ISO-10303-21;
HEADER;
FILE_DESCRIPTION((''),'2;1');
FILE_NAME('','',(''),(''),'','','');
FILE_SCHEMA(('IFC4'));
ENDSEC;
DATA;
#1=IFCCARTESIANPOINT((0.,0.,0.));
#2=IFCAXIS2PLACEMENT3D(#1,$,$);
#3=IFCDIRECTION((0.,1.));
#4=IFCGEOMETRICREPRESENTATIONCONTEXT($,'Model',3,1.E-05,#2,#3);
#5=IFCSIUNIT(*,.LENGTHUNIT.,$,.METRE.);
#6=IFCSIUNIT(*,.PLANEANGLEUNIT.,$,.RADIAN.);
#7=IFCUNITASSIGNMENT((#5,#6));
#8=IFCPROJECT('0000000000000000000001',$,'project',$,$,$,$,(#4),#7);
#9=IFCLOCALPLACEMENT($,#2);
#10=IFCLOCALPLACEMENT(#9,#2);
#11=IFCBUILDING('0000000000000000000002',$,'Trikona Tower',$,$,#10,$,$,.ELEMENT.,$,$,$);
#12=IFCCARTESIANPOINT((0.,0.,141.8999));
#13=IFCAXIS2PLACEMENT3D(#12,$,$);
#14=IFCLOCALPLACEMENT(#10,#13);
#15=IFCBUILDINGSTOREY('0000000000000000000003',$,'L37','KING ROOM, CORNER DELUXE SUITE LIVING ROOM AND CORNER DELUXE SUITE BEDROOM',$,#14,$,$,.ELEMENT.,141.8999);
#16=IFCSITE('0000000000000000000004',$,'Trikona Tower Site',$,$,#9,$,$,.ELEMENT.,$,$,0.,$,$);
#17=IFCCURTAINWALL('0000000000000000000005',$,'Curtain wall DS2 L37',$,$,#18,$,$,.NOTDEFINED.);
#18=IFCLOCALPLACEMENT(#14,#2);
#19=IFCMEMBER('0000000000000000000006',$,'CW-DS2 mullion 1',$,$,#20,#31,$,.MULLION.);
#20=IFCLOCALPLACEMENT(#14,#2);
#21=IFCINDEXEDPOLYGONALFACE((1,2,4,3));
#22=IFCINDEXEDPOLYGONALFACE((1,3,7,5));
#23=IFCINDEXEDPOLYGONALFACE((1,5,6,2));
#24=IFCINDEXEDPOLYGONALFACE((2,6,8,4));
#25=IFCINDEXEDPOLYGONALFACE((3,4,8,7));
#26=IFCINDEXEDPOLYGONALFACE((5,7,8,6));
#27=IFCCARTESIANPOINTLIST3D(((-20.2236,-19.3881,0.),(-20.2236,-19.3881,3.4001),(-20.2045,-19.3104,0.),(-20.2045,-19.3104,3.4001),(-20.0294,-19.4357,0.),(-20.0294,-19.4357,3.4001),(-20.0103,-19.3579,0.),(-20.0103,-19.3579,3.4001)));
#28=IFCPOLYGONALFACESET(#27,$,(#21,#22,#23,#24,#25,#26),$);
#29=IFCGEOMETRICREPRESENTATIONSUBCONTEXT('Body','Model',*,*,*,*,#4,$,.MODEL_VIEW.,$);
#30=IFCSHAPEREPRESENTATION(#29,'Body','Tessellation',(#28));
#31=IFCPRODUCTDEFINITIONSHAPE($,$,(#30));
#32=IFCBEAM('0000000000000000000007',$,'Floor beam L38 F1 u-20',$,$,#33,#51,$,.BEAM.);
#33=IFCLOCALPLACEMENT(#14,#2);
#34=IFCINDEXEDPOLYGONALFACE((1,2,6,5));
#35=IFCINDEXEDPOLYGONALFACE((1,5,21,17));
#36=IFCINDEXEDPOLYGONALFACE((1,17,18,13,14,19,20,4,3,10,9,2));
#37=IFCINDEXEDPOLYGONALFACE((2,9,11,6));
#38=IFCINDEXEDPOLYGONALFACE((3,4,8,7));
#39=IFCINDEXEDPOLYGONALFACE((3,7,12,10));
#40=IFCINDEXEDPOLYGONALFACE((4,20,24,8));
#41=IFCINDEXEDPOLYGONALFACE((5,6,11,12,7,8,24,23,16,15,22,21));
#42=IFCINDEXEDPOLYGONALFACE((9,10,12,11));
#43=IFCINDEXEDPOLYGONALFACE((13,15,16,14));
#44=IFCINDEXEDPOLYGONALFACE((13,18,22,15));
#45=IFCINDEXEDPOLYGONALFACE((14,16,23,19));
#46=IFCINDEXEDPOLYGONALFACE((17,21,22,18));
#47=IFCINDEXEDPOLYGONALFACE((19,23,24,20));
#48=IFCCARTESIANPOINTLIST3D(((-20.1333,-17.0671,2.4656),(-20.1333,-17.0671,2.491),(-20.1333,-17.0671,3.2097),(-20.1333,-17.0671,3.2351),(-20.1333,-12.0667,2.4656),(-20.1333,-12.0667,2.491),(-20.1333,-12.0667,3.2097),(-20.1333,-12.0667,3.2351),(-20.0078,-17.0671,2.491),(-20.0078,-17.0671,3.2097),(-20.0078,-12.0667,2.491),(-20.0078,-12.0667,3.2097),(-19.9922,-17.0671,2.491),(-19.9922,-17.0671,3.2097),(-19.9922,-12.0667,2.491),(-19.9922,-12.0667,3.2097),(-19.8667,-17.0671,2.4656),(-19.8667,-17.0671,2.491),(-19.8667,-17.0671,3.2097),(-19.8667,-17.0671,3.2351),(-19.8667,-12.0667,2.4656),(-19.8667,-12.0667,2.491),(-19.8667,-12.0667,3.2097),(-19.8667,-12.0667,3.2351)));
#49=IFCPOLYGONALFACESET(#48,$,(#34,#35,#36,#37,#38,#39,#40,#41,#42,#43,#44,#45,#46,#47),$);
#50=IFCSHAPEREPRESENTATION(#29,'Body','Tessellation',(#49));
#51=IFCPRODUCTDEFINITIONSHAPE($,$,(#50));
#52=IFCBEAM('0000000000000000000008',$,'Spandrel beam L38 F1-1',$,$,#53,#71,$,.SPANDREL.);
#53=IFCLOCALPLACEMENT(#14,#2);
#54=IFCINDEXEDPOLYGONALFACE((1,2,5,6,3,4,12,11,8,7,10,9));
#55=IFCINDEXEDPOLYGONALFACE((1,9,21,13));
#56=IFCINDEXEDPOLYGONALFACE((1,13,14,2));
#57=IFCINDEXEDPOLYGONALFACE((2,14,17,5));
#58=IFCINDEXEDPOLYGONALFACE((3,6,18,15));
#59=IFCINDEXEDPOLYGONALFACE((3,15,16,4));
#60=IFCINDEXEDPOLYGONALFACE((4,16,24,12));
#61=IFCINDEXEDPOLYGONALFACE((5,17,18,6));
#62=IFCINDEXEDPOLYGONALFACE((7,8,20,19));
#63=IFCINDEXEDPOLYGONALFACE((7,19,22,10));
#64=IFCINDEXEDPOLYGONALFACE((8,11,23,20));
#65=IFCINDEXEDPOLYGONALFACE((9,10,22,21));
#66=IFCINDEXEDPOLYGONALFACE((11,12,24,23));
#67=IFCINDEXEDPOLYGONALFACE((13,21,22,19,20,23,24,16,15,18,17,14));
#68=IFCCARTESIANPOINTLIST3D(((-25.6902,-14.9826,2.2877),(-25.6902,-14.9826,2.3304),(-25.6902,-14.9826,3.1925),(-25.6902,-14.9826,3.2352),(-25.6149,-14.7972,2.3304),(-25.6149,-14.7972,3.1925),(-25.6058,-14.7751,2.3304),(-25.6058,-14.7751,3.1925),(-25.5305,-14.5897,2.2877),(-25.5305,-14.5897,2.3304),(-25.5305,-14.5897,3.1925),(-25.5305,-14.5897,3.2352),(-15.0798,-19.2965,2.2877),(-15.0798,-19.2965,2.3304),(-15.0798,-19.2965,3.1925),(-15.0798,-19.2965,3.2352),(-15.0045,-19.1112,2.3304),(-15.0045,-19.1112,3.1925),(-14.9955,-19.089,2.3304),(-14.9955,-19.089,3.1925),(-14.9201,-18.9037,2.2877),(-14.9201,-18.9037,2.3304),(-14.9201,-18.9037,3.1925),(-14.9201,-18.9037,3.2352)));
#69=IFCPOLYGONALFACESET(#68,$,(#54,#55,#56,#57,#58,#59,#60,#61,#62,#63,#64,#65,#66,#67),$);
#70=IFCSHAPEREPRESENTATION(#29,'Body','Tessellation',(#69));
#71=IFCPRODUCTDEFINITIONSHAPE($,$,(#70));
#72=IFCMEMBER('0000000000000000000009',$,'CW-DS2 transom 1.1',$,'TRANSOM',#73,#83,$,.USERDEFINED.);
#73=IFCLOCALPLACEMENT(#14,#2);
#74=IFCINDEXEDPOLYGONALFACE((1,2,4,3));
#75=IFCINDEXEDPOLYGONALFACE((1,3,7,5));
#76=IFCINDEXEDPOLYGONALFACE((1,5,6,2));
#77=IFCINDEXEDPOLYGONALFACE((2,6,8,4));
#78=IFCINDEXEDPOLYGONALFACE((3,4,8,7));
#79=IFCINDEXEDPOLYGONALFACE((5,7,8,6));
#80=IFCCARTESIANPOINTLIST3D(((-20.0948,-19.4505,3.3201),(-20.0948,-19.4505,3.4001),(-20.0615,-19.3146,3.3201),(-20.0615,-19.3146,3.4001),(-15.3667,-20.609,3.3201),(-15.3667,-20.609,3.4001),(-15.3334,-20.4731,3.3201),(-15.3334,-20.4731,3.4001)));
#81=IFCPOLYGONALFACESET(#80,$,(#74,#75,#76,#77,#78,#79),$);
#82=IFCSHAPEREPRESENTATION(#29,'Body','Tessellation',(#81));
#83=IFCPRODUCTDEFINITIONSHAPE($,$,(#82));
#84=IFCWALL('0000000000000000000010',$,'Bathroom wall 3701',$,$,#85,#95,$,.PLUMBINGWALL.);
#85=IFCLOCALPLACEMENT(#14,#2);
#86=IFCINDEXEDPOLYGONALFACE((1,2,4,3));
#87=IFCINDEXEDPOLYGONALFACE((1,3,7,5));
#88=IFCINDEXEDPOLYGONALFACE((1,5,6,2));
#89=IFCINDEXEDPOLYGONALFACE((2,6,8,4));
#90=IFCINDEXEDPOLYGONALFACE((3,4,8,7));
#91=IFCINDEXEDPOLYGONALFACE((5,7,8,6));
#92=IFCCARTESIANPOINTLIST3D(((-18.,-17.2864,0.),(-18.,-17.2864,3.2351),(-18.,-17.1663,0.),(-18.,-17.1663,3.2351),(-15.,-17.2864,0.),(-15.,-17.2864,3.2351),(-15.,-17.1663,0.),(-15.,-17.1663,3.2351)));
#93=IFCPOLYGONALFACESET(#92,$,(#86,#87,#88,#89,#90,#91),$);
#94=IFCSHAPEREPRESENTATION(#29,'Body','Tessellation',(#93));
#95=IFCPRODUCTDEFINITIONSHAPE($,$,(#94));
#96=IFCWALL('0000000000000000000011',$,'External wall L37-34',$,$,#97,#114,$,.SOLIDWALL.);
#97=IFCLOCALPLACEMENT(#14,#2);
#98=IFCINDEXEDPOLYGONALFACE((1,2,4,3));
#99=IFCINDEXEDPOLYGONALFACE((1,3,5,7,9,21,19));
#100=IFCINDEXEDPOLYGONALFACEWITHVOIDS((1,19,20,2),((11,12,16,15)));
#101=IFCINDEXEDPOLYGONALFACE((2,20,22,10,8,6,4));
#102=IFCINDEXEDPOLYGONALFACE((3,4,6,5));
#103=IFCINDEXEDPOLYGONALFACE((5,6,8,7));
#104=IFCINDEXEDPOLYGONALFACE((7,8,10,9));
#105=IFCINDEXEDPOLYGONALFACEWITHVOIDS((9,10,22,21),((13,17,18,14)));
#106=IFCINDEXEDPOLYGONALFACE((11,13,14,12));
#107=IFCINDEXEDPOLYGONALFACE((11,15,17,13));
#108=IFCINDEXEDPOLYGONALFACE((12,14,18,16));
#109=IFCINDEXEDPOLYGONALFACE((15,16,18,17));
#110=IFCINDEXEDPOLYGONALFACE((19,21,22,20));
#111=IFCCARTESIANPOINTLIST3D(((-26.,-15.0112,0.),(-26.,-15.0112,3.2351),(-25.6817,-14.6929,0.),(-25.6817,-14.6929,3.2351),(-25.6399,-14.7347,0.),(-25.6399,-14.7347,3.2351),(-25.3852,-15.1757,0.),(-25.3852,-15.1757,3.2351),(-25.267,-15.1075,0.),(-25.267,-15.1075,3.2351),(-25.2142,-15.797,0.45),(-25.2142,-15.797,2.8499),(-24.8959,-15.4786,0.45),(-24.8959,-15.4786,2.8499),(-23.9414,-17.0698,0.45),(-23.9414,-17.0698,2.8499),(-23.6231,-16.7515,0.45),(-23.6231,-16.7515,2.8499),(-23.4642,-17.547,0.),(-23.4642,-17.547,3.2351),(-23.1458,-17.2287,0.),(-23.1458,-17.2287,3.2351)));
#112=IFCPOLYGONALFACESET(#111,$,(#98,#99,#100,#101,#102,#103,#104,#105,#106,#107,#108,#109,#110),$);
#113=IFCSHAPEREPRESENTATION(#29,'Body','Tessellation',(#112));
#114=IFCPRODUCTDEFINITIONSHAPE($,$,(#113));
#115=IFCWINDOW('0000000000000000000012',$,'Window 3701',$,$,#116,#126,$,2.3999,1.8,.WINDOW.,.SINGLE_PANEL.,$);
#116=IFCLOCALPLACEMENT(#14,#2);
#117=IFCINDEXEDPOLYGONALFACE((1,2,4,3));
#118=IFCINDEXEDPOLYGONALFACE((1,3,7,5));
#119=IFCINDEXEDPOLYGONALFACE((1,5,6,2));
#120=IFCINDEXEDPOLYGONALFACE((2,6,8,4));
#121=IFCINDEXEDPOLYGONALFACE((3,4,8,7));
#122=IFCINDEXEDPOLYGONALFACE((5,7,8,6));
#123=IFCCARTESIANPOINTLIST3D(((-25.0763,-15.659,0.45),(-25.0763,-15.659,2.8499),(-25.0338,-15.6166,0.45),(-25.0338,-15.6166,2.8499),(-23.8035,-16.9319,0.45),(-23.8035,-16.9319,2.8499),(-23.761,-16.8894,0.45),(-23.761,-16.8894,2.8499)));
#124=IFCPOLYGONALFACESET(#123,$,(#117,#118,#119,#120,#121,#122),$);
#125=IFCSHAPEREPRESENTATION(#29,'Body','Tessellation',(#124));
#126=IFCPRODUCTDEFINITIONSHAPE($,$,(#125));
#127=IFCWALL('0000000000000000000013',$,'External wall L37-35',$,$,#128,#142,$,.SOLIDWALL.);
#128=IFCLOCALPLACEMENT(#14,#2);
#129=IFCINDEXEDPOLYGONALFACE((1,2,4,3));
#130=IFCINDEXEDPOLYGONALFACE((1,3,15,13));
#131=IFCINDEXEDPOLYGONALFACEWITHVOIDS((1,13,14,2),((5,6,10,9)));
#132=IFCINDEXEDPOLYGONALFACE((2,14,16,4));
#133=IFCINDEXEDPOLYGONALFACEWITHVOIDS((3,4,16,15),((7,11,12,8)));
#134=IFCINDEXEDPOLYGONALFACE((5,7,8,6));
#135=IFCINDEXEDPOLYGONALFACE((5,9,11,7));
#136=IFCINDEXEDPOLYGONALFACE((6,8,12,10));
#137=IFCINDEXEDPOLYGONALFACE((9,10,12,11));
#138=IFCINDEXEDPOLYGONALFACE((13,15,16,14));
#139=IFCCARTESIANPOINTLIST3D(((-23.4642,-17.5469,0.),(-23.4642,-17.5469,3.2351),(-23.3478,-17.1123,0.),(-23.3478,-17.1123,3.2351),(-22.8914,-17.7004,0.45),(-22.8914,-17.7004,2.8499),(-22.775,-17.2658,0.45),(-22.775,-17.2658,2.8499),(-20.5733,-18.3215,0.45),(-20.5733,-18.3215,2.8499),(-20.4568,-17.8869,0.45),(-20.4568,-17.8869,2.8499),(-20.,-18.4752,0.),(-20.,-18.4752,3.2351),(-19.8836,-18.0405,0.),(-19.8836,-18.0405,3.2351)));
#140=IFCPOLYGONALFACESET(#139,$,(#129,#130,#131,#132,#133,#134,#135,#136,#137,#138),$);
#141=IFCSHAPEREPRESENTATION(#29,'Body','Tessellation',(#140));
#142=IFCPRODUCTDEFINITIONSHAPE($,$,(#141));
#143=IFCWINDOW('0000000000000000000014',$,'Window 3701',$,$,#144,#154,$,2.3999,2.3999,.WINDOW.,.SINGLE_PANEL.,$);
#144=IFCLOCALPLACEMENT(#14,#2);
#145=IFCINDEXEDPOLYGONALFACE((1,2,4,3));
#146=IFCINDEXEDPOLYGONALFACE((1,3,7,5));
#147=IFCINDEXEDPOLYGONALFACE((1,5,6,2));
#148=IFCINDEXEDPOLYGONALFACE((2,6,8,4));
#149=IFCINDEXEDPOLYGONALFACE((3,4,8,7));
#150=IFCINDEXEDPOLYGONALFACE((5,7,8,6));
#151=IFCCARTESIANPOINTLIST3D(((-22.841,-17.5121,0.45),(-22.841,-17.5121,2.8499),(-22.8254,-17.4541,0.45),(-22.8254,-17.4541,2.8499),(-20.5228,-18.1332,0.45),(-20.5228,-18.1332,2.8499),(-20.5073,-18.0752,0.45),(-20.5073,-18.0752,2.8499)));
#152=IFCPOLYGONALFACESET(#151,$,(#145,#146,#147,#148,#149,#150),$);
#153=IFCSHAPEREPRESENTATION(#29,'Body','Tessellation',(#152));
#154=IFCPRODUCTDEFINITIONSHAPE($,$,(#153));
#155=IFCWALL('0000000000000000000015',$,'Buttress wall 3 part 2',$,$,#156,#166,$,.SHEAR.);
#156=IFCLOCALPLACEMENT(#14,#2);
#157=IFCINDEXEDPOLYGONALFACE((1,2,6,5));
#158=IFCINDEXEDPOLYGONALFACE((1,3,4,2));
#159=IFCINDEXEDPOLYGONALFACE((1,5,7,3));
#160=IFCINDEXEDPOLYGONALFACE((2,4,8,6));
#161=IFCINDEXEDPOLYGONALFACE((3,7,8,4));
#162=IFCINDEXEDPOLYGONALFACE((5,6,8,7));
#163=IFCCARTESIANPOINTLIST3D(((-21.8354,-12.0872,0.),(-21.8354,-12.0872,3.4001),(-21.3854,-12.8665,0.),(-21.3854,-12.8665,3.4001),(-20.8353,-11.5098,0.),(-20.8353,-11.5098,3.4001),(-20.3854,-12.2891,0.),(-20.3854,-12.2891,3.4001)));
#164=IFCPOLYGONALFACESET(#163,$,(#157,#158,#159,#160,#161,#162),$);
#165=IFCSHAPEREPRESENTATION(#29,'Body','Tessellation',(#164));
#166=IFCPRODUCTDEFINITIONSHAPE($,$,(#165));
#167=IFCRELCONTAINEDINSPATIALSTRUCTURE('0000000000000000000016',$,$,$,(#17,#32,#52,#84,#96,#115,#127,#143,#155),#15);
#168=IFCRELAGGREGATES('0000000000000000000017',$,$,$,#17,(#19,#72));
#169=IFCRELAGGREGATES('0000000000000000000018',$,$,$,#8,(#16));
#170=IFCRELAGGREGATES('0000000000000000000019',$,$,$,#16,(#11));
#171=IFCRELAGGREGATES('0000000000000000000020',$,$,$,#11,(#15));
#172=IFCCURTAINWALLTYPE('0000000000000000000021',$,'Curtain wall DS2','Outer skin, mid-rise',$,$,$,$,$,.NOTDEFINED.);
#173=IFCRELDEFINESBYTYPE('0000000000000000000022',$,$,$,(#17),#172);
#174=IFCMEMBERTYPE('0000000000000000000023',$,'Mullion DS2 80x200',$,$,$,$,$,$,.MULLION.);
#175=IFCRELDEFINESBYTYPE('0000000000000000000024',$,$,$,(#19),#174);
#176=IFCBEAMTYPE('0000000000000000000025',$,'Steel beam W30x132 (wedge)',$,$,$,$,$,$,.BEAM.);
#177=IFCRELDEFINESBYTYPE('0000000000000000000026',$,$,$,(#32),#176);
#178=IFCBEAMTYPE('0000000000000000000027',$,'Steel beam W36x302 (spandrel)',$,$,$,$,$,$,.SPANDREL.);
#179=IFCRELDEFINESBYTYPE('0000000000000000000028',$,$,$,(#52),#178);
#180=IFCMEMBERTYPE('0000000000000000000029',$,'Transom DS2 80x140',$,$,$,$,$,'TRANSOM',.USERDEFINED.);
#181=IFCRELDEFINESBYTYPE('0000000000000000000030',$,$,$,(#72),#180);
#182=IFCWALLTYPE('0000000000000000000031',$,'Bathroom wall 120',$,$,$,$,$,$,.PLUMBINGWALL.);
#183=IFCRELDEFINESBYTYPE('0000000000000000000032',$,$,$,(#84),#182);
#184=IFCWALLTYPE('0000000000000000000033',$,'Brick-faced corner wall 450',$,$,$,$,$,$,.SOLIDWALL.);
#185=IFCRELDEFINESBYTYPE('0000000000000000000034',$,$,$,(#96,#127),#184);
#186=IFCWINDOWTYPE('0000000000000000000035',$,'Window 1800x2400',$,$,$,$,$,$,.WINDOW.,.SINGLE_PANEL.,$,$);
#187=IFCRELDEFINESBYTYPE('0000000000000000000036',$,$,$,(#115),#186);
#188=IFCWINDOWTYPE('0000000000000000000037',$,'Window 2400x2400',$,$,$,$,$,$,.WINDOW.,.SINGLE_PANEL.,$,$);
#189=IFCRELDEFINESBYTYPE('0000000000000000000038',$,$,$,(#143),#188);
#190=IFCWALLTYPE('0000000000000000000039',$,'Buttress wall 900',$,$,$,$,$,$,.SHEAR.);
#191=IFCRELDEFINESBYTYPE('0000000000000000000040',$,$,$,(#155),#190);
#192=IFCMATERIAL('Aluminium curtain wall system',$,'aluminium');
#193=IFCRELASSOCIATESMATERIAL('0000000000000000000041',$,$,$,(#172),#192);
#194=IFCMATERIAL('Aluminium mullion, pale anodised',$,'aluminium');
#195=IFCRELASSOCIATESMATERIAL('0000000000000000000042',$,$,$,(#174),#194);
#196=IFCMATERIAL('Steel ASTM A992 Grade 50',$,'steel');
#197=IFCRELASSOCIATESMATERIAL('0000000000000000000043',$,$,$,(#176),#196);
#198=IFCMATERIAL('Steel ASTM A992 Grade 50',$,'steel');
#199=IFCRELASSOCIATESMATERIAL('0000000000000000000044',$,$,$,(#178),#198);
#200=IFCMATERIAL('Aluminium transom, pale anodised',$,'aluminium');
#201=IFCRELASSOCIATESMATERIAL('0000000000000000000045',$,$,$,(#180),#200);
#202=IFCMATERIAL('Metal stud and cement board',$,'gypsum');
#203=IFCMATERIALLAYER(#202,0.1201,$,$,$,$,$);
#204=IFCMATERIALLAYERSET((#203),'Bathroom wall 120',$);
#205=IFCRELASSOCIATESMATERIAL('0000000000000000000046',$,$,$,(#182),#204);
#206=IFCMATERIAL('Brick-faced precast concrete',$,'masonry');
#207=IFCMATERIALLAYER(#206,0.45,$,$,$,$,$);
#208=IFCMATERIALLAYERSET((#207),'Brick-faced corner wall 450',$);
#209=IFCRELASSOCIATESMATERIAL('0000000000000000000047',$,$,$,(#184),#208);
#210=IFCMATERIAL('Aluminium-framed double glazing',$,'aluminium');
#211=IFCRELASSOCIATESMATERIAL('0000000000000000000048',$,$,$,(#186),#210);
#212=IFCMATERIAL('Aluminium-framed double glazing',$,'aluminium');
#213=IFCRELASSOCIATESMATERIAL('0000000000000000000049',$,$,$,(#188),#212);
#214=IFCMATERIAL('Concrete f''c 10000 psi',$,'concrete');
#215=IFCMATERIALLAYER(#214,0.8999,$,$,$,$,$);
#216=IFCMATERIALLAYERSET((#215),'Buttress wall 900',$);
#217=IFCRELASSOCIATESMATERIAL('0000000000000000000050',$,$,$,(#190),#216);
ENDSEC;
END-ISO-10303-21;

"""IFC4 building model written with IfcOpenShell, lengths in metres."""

from ifc_helpers import new_model, si_unit, direction, frame, frame_2d, origin, origin_2d, place, context, subcontext, project, spatial, polyline, rectangle, i_section, outline, extrude, material, layer, layer_set, material_profile, profile_set, type_object, element, fill, aggregate, save


model = new_model("IFC4")

# Units and contexts
model_context = context("Model", 3, precision=1e-05, world=origin(), true_north=direction((0.0, 1.0)))
body_context = subcontext(model_context, "Body", "Model", "MODEL_VIEW")
ifc_project = project(units=[si_unit("LENGTHUNIT", "METRE"), si_unit("PLANEANGLEUNIT", "RADIAN")], contexts=[model_context])

# Site, building, storey
site_placement = place(None, origin())
site = spatial("IfcSite", under=ifc_project, at=site_placement, Name="Trikona Tower Site", CompositionType="ELEMENT", RefElevation=0.0)
building_placement = place(site_placement, origin())
building = spatial("IfcBuilding", under=site, at=building_placement, Name="Trikona Tower", CompositionType="ELEMENT")
storey_placement = place(building_placement, frame((0.0, 0.0, 141.8999)))
storey = spatial("IfcBuildingStorey", under=building, at=storey_placement, Name="L37", Description="KING ROOM, CORNER DELUXE SUITE LIVING ROOM AND CORNER DELUXE SUITE BEDROOM", CompositionType="ELEMENT", Elevation=141.8999)

# Curtain wall, member
ifc_material_1 = material(Name="Aluminium curtain wall system", Category="aluminium")
curtain_wall_type = type_object("IfcCurtainWallType", Name="Curtain wall DS2", Description="Outer skin, mid-rise", PredefinedType="NOTDEFINED", material=ifc_material_1)
curtain_wall_placement = place(storey_placement, origin())
curtain_wall = element("IfcCurtainWall", 1, at=curtain_wall_placement, inside=storey, type_object=curtain_wall_type, Name="Curtain wall DS2 L37", PredefinedType="NOTDEFINED")
ifc_material_2 = material(Name="Aluminium mullion, pale anodised", Category="aluminium")
ifc_material_profile_1 = material_profile(ifc_material_2, rectangle(XDim=0.0801, YDim=0.2, at=origin_2d()), Name="MUL-DS2")
ifc_profile_set_1 = profile_set([ifc_material_profile_1], Name="Aluminium mullion, pale anodised")
member_type_1 = type_object("IfcMemberType", Name="Mullion DS2 80x200", PredefinedType="MULLION", material=ifc_profile_set_1)
member_1_placement = place(storey_placement, frame((-20.1169, -19.373, 0.0), z_axis=(0.0, 0.0, 1.0), x_axis=(0.23797, 0.971272, 0.0)))
member_1 = element("IfcMember", 2, at=member_1_placement, type_object=member_type_1, Name="CW-DS2 mullion 1", PredefinedType="MULLION", context=body_context, shape_type="SweptSolid", body=[
    extrude(rectangle(XDim=0.0801, YDim=0.2, at=origin_2d()), origin(), (0.0, 0.0, 1.0), 3.4001),
])

# Beams
ifc_material_3 = material(Name="Steel ASTM A992 Grade 50", Category="steel")
ifc_material_profile_2 = material_profile(ifc_material_3, i_section(OverallWidth=0.2666, OverallDepth=0.7695, WebThickness=0.0156, FlangeThickness=0.0254, at=origin_2d()), Name="W30X132")
ifc_profile_set_2 = profile_set([ifc_material_profile_2], Name="Steel ASTM A992 Grade 50")
beam_type_1 = type_object("IfcBeamType", Name="Steel beam W30x132 (wedge)", PredefinedType="BEAM", material=ifc_profile_set_2)
beam_1_placement = place(storey_placement, frame((-20.0, -12.0667, 2.8503), z_axis=(0.0, -1.0, 0.0), x_axis=(1.0, 0.0, 0.0)))
element("IfcBeam", 3, at=beam_1_placement, inside=storey, type_object=beam_type_1, Name="Floor beam L38 F1 u-20", PredefinedType="BEAM", context=body_context, shape_type="SweptSolid", body=[
    extrude(i_section(OverallWidth=0.2666, OverallDepth=0.7695, WebThickness=0.0156, FlangeThickness=0.0254, at=origin_2d()), origin(), (0.0, 0.0, 1.0), 5.0005),
])
ifc_material_4 = material(Name="Steel ASTM A992 Grade 50", Category="steel")
ifc_material_profile_3 = material_profile(ifc_material_4, i_section(OverallWidth=0.4241, OverallDepth=0.9475, WebThickness=0.0239, FlangeThickness=0.0427, at=origin_2d()), Name="W36X302")
ifc_profile_set_3 = profile_set([ifc_material_profile_3], Name="Steel ASTM A992 Grade 50")
beam_type_2 = type_object("IfcBeamType", Name="Steel beam W36x302 (spandrel)", PredefinedType="SPANDREL", material=ifc_profile_set_3)
beam_2_placement = place(storey_placement, frame((-25.6104, -14.7861, 2.7615), z_axis=(0.92636, -0.37664, 0.0), x_axis=(0.37664, 0.92636, 0.0)))
element("IfcBeam", 4, at=beam_2_placement, inside=storey, type_object=beam_type_2, Name="Spandrel beam L38 F1-1", PredefinedType="SPANDREL", context=body_context, shape_type="SweptSolid", body=[
    extrude(i_section(OverallWidth=0.4241, OverallDepth=0.9475, WebThickness=0.0239, FlangeThickness=0.0427, at=origin_2d()), origin(), (0.0, 0.0, 1.0), 11.4539),
])

# Member
ifc_material_5 = material(Name="Aluminium transom, pale anodised", Category="aluminium")
ifc_material_profile_4 = material_profile(ifc_material_5, rectangle(XDim=0.1399, YDim=0.0801, at=origin_2d()), Name="TRN-DS2")
ifc_profile_set_4 = profile_set([ifc_material_profile_4], Name="Aluminium transom, pale anodised")
member_type_2 = type_object("IfcMemberType", Name="Transom DS2 80x140", ElementType="TRANSOM", PredefinedType="USERDEFINED", material=ifc_profile_set_4)
member_2_placement = place(storey_placement, frame((-20.0781, -19.3826, 3.3601), z_axis=(0.971271, -0.237978, 0.0), x_axis=(0.237978, 0.971271, 0.0)))
member_2 = element("IfcMember", 5, at=member_2_placement, type_object=member_type_2, Name="CW-DS2 transom 1.1", ObjectType="TRANSOM", PredefinedType="USERDEFINED", context=body_context, shape_type="SweptSolid", body=[
    extrude(rectangle(XDim=0.1399, YDim=0.0801, at=origin_2d()), origin(), (0.0, 0.0, 1.0), 4.8679),
])
aggregate(curtain_wall, [member_1, member_2])

# Wall
ifc_material_6 = material(Name="Metal stud and cement board", Category="gypsum")
ifc_layer_1 = layer(ifc_material_6, 0.1201)
ifc_layer_set_1 = layer_set([ifc_layer_1], Name="Bathroom wall 120")
wall_type_1 = type_object("IfcWallType", Name="Bathroom wall 120", PredefinedType="PLUMBINGWALL", material=ifc_layer_set_1)
wall_1_placement = place(storey_placement, frame((-18.0, -17.2263, 0.0), z_axis=(0.0, 0.0, 1.0), x_axis=(1.0, 0.0, 0.0)))
element("IfcWall", 6, at=wall_1_placement, inside=storey, type_object=wall_type_1, Name="Bathroom wall 3701", PredefinedType="PLUMBINGWALL", context=body_context, shape_type="SweptSolid", body=[
    extrude(rectangle(XDim=3.0, YDim=0.1201, at=frame_2d((1.5, 0.0))), origin(), (0.0, 0.0, 1.0), 3.2351),
])

# Walls, openings, windows
ifc_material_7 = material(Name="Brick-faced precast concrete", Category="masonry")
ifc_layer_2 = layer(ifc_material_7, 0.45)
ifc_layer_set_2 = layer_set([ifc_layer_2], Name="Brick-faced corner wall 450")
wall_type_2 = type_object("IfcWallType", Name="Brick-faced corner wall 450", PredefinedType="SOLIDWALL", material=ifc_layer_set_2)
wall_2_placement = place(storey_placement, frame((-25.8408, -14.8521, 0.0), z_axis=(0.0, 0.0, 1.0), x_axis=(0.707107, -0.707107, 0.0)))
wall_2 = element("IfcWall", 7, at=wall_2_placement, inside=storey, type_object=wall_type_2, Name="External wall L37-34", PredefinedType="SOLIDWALL", context=body_context, shape_type="SweptSolid", body=[
    extrude(outline(polyline([(3.5862, 0.2251), (0.5864, 0.2251), (0.551, 0.0933), (0.0591, 0.2251), (0.0, 0.2251), (0.0, -0.2251), (3.5862, -0.2251), (3.5862, 0.2251)])), origin(), (0.0, 0.0, 1.0), 3.2351),
])
opening_1_placement = place(wall_2_placement, frame((1.1113, 0.0, 0.45)))
opening_1 = element("IfcOpeningElement", 8, at=opening_1_placement, cuts=wall_2, PredefinedType="OPENING", context=body_context, shape_type="SweptSolid", body=[
    extrude(rectangle(XDim=1.8, YDim=2.3999, at=frame_2d((0.8999, 1.2))), frame((0.0, 0.2349, 0.0), z_axis=(0.0, -1.0, 0.0), x_axis=(1.0, 0.0, 0.0)), (0.0, 0.0, 1.0), 0.47),
])
ifc_material_8 = material(Name="Aluminium-framed double glazing", Category="aluminium")
window_type_1 = type_object("IfcWindowType", Name="Window 1800x2400", PartitioningType="SINGLE_PANEL", PredefinedType="WINDOW", material=ifc_material_8)
window_1_placement = place(opening_1_placement, origin())
window_1 = element("IfcWindow", 9, at=window_1_placement, inside=storey, type_object=window_type_1, Name="Window 3701", OverallHeight=2.3999, OverallWidth=1.8, PartitioningType="SINGLE_PANEL", PredefinedType="WINDOW", context=body_context, shape_type="SweptSolid", body=[
    extrude(rectangle(XDim=1.8, YDim=2.3999, at=frame_2d((0.8999, 1.2))), frame((0.0, 0.03, 0.0), z_axis=(0.0, -1.0, 0.0), x_axis=(1.0, 0.0, 0.0)), (0.0, 0.0, 1.0), 0.0601),
])
fill(opening_1, window_1)
wall_3_placement = place(storey_placement, frame((-23.406, -17.3296, 0.0), z_axis=(0.0, 0.0, 1.0), x_axis=(0.965925, -0.258823, 0.0)))
wall_3 = element("IfcWall", 10, at=wall_3_placement, inside=storey, type_object=wall_type_2, Name="External wall L37-35", PredefinedType="SOLIDWALL", context=body_context, shape_type="SweptSolid", body=[
    extrude(rectangle(XDim=3.5864, YDim=0.45, at=frame_2d((1.7932, 0.0))), origin(), (0.0, 0.0, 1.0), 3.2351),
])
opening_2_placement = place(wall_3_placement, frame((0.593, 0.0, 0.45)))
opening_2 = element("IfcOpeningElement", 11, at=opening_2_placement, cuts=wall_3, PredefinedType="OPENING", context=body_context, shape_type="SweptSolid", body=[
    extrude(rectangle(XDim=2.3999, YDim=2.3999, at=frame_2d((1.2, 1.2))), frame((0.0, 0.2349, 0.0), z_axis=(0.0, -1.0, 0.0), x_axis=(1.0, 0.0, 0.0)), (0.0, 0.0, 1.0), 0.47),
])
ifc_material_9 = material(Name="Aluminium-framed double glazing", Category="aluminium")
window_type_2 = type_object("IfcWindowType", Name="Window 2400x2400", PartitioningType="SINGLE_PANEL", PredefinedType="WINDOW", material=ifc_material_9)
window_2_placement = place(opening_2_placement, origin())
window_2 = element("IfcWindow", 12, at=window_2_placement, inside=storey, type_object=window_type_2, Name="Window 3701", OverallHeight=2.3999, OverallWidth=2.3999, PartitioningType="SINGLE_PANEL", PredefinedType="WINDOW", context=body_context, shape_type="SweptSolid", body=[
    extrude(rectangle(XDim=2.3999, YDim=2.3999, at=frame_2d((1.2, 1.2))), frame((0.0, 0.03, 0.0), z_axis=(0.0, -1.0, 0.0), x_axis=(1.0, 0.0, 0.0)), (0.0, 0.0, 1.0), 0.0601),
])
fill(opening_2, window_2)

# Wall
ifc_material_10 = material(Name="Concrete f'c 10000 psi", Category="concrete")
ifc_layer_3 = layer(ifc_material_10, 0.8999)
ifc_layer_set_3 = layer_set([ifc_layer_3], Name="Buttress wall 900")
wall_type_3 = type_object("IfcWallType", Name="Buttress wall 900", PredefinedType="SHEAR", material=ifc_layer_set_3)
wall_4_placement = place(storey_placement, frame((-20.6104, -11.8994, 0.0), z_axis=(0.0, 0.0, 1.0), x_axis=(-0.86601, -0.500027, 0.0)))
element("IfcWall", 13, at=wall_4_placement, inside=storey, type_object=wall_type_3, Name="Buttress wall 3 part 2", PredefinedType="SHEAR", context=body_context, shape_type="SweptSolid", body=[
    extrude(rectangle(XDim=1.1548, YDim=0.8999, at=frame_2d((0.5774, 0.0))), origin(), (0.0, 0.0, 1.0), 3.4001),
])

save(model, "model.ifc")
